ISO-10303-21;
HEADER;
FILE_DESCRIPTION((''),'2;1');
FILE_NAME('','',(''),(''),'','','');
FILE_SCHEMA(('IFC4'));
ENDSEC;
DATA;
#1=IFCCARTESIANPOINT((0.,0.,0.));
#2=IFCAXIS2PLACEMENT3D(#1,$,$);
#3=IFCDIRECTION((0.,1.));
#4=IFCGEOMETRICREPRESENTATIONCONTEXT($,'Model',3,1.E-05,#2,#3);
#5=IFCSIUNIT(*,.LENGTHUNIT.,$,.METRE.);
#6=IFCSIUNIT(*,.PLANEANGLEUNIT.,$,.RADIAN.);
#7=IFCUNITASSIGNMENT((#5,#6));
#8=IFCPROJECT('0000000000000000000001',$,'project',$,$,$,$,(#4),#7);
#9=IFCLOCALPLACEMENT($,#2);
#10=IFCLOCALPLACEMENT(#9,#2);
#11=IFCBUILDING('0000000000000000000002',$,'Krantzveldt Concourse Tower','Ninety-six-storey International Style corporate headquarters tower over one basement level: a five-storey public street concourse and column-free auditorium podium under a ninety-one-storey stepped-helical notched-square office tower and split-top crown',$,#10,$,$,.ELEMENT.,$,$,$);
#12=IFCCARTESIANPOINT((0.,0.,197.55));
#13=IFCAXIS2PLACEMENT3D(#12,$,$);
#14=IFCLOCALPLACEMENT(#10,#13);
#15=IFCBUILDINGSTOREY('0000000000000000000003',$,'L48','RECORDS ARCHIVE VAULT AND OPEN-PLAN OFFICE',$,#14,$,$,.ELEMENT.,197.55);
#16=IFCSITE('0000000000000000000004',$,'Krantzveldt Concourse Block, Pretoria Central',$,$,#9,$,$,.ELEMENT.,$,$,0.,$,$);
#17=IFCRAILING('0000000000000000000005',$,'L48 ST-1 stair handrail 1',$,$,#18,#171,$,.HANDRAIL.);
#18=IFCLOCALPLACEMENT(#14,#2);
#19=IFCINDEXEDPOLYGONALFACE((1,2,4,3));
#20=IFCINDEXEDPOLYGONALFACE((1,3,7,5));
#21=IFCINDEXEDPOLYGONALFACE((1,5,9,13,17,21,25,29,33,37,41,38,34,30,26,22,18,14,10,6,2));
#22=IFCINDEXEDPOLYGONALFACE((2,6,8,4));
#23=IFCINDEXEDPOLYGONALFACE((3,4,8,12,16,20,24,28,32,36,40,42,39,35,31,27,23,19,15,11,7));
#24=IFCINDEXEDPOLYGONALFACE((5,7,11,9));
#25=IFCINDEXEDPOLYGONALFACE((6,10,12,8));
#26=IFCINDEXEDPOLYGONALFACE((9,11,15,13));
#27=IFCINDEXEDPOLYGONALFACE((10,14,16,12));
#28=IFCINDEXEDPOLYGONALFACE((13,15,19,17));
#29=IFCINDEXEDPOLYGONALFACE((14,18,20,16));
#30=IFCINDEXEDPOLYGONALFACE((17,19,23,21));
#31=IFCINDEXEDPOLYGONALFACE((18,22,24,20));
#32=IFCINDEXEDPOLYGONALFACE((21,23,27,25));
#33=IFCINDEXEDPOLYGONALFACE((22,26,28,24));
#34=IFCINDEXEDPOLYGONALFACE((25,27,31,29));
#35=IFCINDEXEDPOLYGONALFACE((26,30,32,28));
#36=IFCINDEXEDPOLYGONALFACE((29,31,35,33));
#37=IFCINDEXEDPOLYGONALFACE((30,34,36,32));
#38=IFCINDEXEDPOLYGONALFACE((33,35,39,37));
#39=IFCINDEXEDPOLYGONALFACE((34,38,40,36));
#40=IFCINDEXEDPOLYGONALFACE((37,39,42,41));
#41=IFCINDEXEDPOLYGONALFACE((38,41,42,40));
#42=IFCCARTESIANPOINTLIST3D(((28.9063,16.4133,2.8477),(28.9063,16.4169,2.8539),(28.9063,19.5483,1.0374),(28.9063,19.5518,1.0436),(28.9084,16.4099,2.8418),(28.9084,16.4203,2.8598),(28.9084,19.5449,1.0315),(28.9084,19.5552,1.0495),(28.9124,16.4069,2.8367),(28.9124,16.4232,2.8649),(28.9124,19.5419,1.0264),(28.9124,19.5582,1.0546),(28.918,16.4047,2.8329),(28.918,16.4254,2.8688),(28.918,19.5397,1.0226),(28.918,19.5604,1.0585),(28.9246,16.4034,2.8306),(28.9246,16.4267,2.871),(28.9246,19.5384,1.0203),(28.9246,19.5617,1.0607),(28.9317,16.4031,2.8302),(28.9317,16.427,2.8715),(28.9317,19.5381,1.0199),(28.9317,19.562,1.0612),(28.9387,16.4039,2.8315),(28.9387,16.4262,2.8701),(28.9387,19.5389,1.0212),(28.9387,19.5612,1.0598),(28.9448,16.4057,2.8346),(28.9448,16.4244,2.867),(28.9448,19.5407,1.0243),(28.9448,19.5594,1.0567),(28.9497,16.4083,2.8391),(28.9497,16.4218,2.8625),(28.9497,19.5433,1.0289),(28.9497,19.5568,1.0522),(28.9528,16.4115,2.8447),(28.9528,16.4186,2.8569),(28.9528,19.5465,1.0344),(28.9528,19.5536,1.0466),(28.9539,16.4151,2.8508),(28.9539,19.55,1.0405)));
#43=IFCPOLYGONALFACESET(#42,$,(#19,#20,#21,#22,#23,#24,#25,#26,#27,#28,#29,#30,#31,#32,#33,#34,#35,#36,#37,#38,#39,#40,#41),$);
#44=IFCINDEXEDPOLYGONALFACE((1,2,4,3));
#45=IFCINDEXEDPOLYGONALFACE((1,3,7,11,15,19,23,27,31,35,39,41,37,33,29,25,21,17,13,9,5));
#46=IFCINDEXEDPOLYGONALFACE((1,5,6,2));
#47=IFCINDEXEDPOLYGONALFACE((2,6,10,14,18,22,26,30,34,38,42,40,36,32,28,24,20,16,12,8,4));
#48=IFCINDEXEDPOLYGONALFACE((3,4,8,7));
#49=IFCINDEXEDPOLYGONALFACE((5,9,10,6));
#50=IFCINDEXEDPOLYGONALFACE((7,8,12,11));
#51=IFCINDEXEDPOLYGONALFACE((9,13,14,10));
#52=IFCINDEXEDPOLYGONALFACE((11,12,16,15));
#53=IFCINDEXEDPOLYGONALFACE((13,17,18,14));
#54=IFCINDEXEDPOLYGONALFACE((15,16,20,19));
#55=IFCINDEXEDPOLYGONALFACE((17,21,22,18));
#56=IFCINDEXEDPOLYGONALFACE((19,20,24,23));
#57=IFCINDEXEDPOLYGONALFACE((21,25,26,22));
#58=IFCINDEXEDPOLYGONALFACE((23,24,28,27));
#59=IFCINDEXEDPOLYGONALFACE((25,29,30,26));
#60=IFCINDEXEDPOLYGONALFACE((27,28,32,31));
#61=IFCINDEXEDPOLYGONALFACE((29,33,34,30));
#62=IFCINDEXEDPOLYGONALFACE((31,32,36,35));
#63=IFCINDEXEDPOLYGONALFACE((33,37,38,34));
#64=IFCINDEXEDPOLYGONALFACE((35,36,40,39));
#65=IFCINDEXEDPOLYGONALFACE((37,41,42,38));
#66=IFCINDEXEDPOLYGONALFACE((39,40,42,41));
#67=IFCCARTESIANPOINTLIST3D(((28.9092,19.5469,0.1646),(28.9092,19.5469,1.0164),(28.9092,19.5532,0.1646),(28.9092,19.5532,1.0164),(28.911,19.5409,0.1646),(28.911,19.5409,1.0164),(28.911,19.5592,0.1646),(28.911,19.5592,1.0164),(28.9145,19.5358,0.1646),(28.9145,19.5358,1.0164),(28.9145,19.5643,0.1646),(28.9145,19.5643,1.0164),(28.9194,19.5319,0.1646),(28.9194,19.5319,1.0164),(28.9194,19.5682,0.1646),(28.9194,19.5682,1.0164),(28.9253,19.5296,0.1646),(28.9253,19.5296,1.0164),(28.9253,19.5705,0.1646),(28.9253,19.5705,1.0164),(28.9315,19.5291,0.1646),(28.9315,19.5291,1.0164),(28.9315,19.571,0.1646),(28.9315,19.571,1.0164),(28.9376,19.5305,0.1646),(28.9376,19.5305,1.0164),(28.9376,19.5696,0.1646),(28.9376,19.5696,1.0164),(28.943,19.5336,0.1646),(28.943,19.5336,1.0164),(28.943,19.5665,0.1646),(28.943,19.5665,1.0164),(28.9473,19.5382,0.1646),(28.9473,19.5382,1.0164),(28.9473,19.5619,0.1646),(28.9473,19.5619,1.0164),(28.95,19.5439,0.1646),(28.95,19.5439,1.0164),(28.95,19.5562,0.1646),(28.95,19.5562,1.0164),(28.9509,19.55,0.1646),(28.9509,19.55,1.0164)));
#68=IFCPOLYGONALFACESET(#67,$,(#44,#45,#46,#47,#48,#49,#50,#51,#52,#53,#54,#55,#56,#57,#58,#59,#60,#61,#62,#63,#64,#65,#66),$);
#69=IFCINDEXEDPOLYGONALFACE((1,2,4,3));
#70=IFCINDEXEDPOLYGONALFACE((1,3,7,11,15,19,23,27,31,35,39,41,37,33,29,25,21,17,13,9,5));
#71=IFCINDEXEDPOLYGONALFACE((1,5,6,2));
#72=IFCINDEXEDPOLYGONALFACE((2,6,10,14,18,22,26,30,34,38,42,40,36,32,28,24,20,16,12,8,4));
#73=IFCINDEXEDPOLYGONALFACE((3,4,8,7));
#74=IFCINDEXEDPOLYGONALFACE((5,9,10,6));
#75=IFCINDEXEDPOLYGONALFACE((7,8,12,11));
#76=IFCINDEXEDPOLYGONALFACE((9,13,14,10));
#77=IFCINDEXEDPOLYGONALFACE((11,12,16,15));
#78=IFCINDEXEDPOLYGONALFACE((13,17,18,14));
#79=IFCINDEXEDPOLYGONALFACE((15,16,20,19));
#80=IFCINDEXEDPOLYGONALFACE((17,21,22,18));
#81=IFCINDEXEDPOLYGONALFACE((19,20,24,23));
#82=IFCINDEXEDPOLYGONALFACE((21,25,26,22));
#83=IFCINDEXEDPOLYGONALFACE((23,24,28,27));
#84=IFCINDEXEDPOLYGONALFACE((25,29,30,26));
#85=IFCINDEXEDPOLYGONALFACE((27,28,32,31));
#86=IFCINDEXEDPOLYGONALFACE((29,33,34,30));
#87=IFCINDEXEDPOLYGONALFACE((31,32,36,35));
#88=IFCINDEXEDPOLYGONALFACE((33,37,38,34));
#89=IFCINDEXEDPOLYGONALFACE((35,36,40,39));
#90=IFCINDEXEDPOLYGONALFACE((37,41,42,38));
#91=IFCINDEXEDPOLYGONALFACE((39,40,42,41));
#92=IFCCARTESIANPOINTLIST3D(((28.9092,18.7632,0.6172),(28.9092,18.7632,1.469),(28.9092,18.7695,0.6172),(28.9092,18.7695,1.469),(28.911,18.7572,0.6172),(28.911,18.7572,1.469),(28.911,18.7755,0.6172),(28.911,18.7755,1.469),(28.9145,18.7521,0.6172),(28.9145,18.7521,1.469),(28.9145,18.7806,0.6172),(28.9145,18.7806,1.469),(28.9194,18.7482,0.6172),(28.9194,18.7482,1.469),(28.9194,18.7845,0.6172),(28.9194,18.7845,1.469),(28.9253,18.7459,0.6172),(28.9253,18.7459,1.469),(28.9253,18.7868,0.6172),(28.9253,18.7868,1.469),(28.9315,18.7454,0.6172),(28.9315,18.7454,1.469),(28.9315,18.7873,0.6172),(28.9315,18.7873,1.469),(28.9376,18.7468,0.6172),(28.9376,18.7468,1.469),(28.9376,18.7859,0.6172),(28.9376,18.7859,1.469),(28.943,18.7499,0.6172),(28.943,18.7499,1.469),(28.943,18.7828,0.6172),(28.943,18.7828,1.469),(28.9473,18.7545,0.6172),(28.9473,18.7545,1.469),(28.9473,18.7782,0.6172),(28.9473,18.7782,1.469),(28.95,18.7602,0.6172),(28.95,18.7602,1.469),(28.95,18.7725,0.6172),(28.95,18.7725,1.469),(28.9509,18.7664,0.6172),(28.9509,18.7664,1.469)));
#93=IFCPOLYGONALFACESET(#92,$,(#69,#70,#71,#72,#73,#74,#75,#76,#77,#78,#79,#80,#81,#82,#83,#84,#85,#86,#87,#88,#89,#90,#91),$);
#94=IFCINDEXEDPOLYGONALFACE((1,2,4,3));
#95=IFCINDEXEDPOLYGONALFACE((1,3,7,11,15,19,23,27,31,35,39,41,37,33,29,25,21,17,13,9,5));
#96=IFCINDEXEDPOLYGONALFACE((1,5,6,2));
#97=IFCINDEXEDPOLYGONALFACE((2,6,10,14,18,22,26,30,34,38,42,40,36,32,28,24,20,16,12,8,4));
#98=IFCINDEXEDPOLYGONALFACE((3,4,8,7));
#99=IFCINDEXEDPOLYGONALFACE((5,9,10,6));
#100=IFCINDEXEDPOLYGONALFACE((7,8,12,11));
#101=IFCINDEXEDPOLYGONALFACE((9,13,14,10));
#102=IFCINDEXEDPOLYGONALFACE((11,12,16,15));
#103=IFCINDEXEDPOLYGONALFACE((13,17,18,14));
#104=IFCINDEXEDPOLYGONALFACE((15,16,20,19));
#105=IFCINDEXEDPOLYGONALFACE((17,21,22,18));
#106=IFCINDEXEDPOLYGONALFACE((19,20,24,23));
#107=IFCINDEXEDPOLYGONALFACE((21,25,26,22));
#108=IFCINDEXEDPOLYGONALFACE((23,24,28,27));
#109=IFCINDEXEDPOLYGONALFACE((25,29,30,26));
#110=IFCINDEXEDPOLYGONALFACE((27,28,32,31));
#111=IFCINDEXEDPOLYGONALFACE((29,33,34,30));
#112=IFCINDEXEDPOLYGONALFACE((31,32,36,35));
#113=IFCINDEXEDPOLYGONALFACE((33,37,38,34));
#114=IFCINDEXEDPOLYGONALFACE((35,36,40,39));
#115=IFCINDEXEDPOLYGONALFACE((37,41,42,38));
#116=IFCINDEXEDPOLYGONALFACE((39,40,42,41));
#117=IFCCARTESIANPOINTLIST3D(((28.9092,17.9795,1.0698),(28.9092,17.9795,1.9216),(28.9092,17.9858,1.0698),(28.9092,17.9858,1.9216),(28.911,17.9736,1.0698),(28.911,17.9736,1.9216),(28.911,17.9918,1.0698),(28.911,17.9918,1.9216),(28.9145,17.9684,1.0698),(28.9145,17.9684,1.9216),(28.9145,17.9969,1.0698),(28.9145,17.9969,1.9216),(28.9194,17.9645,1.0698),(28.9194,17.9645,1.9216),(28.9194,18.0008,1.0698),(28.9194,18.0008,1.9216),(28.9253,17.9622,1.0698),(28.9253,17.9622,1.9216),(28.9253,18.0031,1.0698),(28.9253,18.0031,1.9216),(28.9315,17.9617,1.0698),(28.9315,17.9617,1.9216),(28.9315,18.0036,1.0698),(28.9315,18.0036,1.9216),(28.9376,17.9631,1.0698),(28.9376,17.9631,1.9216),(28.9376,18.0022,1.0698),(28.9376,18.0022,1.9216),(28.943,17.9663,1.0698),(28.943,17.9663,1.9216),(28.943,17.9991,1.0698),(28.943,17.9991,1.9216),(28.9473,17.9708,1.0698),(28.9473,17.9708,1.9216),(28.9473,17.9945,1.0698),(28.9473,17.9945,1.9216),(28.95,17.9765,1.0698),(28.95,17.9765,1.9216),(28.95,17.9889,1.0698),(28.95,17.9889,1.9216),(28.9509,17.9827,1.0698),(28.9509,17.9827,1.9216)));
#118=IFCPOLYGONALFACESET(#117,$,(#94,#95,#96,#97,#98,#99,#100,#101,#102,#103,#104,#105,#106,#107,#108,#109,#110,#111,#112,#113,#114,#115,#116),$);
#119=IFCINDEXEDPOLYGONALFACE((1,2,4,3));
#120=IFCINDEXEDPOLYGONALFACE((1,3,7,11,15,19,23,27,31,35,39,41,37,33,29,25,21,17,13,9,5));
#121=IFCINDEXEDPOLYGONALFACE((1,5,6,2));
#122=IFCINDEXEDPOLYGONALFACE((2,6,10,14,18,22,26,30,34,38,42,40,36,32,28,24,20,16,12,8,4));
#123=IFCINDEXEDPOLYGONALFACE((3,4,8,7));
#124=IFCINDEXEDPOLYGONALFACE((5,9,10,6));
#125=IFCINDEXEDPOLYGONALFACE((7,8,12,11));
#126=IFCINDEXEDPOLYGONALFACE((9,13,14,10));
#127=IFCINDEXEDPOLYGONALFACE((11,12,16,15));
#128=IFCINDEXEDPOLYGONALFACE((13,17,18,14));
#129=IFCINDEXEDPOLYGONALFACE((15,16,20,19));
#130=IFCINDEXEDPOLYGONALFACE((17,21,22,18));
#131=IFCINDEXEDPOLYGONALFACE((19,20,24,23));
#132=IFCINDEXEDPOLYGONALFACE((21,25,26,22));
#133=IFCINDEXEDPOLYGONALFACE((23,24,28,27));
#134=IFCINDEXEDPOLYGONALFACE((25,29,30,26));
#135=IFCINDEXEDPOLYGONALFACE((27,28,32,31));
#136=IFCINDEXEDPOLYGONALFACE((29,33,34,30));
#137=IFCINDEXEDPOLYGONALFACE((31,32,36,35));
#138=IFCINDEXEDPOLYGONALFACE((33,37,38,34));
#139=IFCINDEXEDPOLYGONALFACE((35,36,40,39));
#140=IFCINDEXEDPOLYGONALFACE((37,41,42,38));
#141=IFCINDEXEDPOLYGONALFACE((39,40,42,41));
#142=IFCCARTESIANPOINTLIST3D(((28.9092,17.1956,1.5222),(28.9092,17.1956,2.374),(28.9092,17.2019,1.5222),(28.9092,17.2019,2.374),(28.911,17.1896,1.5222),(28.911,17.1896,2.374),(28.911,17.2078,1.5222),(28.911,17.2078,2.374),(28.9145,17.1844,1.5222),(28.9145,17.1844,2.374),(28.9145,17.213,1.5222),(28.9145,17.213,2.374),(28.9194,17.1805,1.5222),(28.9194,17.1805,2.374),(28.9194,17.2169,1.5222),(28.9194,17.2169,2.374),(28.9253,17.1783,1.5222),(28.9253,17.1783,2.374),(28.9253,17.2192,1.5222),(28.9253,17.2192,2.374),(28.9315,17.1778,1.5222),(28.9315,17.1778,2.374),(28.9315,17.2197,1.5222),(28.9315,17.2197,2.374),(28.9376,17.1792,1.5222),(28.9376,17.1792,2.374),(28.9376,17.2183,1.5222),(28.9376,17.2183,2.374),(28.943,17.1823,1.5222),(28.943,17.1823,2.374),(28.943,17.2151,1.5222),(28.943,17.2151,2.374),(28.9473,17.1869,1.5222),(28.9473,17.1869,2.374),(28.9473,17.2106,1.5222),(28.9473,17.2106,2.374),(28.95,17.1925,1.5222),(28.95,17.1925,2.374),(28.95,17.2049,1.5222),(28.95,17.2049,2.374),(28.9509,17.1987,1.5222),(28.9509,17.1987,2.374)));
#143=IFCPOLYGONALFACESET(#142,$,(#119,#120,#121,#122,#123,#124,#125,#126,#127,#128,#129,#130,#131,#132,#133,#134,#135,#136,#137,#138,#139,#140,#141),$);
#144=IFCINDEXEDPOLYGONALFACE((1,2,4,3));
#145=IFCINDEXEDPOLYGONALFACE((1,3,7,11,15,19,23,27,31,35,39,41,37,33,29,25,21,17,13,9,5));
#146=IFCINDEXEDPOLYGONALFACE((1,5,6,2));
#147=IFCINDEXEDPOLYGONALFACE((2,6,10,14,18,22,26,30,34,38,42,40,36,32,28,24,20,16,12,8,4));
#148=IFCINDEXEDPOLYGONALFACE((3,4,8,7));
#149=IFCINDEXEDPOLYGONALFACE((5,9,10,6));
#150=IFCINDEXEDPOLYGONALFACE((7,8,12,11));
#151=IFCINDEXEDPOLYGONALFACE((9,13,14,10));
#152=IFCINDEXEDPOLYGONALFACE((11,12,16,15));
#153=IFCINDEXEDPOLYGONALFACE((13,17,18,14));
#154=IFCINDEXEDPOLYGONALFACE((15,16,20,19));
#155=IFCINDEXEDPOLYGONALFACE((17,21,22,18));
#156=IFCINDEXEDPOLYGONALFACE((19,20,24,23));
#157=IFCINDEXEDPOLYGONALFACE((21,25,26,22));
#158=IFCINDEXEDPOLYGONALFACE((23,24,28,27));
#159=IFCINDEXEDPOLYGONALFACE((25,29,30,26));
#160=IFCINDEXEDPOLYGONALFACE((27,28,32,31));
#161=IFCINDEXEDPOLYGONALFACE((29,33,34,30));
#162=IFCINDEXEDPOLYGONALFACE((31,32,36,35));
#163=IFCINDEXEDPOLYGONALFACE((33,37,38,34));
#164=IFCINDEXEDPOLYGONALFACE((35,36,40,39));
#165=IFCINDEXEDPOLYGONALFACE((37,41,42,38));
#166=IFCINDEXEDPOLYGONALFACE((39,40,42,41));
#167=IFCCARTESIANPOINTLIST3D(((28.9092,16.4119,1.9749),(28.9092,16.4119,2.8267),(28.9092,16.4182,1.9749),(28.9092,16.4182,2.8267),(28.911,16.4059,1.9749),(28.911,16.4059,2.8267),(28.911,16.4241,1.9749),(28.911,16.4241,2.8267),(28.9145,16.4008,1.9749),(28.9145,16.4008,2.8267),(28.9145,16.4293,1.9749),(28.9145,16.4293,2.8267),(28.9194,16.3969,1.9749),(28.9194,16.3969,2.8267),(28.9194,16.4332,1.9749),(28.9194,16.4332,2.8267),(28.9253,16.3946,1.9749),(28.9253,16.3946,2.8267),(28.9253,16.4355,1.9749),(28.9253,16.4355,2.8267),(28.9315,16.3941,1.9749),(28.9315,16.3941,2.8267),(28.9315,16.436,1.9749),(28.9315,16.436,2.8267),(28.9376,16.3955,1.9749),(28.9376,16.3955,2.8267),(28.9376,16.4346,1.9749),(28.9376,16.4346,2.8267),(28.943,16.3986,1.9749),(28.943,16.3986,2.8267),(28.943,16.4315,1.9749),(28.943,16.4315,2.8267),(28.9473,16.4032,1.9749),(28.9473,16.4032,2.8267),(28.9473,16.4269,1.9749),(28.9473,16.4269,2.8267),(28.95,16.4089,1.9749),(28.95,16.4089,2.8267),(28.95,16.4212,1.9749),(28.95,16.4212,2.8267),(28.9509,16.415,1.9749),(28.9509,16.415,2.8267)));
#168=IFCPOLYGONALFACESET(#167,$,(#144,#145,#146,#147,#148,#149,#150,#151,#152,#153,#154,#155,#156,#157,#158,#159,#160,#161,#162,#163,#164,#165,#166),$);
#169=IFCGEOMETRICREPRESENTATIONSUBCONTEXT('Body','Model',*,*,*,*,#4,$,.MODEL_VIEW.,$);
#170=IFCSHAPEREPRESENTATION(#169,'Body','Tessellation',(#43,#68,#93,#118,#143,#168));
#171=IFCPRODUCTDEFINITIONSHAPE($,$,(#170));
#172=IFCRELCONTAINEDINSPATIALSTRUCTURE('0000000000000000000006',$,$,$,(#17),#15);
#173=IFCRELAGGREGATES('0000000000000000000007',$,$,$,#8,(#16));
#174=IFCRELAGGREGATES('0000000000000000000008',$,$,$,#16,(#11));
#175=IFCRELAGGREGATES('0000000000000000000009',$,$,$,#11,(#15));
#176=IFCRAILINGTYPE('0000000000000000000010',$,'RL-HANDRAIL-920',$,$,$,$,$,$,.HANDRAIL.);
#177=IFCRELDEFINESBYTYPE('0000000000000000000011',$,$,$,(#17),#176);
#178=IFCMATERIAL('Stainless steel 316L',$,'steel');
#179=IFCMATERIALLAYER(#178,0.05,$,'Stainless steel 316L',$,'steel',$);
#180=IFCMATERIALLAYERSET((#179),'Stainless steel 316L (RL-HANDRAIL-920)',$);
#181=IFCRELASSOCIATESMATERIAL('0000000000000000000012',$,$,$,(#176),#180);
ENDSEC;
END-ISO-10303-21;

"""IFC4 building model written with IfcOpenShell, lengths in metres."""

from ifc_helpers import new_model, si_unit, direction, frame, origin, origin_2d, place, context, subcontext, project, spatial, circle, extrude, material, layer, layer_set, type_object, element, save


model = new_model("IFC4")

# Units and contexts
model_context = context("Model", 3, precision=1e-05, world=origin(), true_north=direction((0.0, 1.0)))
body_context = subcontext(model_context, "Body", "Model", "MODEL_VIEW")
ifc_project = project(units=[si_unit("LENGTHUNIT", "METRE"), si_unit("PLANEANGLEUNIT", "RADIAN")], contexts=[model_context])

# Site, building, storey
site_placement = place(None, origin())
site = spatial("IfcSite", under=ifc_project, at=site_placement, Name="Krantzveldt Concourse Block, Pretoria Central", CompositionType="ELEMENT", RefElevation=0.0)
building_placement = place(site_placement, origin())
building = spatial("IfcBuilding", under=site, at=building_placement, Name="Krantzveldt Concourse Tower", Description="Ninety-six-storey International Style corporate headquarters tower over one basement level: a five-storey public street concourse and column-free auditorium podium under a ninety-one-storey stepped-helical notched-square office tower and split-top crown", CompositionType="ELEMENT")
storey_placement = place(building_placement, frame((0.0, 0.0, 197.55)))
storey = spatial("IfcBuildingStorey", under=building, at=storey_placement, Name="L48", Description="RECORDS ARCHIVE VAULT AND OPEN-PLAN OFFICE", CompositionType="ELEMENT", Elevation=197.55)

# Shared definitions
ifc_material_1 = material(Name="Stainless steel 316L", Category="steel")

# Railing
ifc_layer_1 = layer(ifc_material_1, 0.05, Name="Stainless steel 316L", Category="steel")
ifc_layer_set_1 = layer_set([ifc_layer_1], Name="Stainless steel 316L (RL-HANDRAIL-920)")
railing_type_1 = type_object("IfcRailingType", Name="RL-HANDRAIL-920", PredefinedType="HANDRAIL", material=ifc_layer_set_1)
railing_1_placement = place(storey_placement, frame((28.9299, 19.55, 0.1646)))
element("IfcRailing", 1, at=railing_1_placement, inside=storey, type_object=railing_type_1, Name="L48 ST-1 stair handrail 1", PredefinedType="HANDRAIL", context=body_context, shape_type="SweptSolid", body=[
    extrude(circle(Radius=0.0239, at=origin_2d()), frame((0.0, 0.0, 0.876), z_axis=(0.0, -0.865989, 0.500063), x_axis=(1.0, 0.0, 0.0)), (0.0, 0.0, 1.0), 3.6201),
    extrude(circle(Radius=0.021, at=origin_2d()), origin(), (0.0, 0.0, 1.0), 0.8518),
    extrude(circle(Radius=0.021, at=origin_2d()), frame((0.0, -0.7837, 0.4526)), (0.0, 0.0, 1.0), 0.8518),
    extrude(circle(Radius=0.021, at=origin_2d()), frame((0.0, -1.5674, 0.9053)), (0.0, 0.0, 1.0), 0.8518),
    extrude(circle(Radius=0.021, at=origin_2d()), frame((0.0, -2.3513, 1.3577)), (0.0, 0.0, 1.0), 0.8518),
    extrude(circle(Radius=0.021, at=origin_2d()), frame((0.0, -3.135, 1.8103)), (0.0, 0.0, 1.0), 0.8518),
])

save(model, "model.ifc")
